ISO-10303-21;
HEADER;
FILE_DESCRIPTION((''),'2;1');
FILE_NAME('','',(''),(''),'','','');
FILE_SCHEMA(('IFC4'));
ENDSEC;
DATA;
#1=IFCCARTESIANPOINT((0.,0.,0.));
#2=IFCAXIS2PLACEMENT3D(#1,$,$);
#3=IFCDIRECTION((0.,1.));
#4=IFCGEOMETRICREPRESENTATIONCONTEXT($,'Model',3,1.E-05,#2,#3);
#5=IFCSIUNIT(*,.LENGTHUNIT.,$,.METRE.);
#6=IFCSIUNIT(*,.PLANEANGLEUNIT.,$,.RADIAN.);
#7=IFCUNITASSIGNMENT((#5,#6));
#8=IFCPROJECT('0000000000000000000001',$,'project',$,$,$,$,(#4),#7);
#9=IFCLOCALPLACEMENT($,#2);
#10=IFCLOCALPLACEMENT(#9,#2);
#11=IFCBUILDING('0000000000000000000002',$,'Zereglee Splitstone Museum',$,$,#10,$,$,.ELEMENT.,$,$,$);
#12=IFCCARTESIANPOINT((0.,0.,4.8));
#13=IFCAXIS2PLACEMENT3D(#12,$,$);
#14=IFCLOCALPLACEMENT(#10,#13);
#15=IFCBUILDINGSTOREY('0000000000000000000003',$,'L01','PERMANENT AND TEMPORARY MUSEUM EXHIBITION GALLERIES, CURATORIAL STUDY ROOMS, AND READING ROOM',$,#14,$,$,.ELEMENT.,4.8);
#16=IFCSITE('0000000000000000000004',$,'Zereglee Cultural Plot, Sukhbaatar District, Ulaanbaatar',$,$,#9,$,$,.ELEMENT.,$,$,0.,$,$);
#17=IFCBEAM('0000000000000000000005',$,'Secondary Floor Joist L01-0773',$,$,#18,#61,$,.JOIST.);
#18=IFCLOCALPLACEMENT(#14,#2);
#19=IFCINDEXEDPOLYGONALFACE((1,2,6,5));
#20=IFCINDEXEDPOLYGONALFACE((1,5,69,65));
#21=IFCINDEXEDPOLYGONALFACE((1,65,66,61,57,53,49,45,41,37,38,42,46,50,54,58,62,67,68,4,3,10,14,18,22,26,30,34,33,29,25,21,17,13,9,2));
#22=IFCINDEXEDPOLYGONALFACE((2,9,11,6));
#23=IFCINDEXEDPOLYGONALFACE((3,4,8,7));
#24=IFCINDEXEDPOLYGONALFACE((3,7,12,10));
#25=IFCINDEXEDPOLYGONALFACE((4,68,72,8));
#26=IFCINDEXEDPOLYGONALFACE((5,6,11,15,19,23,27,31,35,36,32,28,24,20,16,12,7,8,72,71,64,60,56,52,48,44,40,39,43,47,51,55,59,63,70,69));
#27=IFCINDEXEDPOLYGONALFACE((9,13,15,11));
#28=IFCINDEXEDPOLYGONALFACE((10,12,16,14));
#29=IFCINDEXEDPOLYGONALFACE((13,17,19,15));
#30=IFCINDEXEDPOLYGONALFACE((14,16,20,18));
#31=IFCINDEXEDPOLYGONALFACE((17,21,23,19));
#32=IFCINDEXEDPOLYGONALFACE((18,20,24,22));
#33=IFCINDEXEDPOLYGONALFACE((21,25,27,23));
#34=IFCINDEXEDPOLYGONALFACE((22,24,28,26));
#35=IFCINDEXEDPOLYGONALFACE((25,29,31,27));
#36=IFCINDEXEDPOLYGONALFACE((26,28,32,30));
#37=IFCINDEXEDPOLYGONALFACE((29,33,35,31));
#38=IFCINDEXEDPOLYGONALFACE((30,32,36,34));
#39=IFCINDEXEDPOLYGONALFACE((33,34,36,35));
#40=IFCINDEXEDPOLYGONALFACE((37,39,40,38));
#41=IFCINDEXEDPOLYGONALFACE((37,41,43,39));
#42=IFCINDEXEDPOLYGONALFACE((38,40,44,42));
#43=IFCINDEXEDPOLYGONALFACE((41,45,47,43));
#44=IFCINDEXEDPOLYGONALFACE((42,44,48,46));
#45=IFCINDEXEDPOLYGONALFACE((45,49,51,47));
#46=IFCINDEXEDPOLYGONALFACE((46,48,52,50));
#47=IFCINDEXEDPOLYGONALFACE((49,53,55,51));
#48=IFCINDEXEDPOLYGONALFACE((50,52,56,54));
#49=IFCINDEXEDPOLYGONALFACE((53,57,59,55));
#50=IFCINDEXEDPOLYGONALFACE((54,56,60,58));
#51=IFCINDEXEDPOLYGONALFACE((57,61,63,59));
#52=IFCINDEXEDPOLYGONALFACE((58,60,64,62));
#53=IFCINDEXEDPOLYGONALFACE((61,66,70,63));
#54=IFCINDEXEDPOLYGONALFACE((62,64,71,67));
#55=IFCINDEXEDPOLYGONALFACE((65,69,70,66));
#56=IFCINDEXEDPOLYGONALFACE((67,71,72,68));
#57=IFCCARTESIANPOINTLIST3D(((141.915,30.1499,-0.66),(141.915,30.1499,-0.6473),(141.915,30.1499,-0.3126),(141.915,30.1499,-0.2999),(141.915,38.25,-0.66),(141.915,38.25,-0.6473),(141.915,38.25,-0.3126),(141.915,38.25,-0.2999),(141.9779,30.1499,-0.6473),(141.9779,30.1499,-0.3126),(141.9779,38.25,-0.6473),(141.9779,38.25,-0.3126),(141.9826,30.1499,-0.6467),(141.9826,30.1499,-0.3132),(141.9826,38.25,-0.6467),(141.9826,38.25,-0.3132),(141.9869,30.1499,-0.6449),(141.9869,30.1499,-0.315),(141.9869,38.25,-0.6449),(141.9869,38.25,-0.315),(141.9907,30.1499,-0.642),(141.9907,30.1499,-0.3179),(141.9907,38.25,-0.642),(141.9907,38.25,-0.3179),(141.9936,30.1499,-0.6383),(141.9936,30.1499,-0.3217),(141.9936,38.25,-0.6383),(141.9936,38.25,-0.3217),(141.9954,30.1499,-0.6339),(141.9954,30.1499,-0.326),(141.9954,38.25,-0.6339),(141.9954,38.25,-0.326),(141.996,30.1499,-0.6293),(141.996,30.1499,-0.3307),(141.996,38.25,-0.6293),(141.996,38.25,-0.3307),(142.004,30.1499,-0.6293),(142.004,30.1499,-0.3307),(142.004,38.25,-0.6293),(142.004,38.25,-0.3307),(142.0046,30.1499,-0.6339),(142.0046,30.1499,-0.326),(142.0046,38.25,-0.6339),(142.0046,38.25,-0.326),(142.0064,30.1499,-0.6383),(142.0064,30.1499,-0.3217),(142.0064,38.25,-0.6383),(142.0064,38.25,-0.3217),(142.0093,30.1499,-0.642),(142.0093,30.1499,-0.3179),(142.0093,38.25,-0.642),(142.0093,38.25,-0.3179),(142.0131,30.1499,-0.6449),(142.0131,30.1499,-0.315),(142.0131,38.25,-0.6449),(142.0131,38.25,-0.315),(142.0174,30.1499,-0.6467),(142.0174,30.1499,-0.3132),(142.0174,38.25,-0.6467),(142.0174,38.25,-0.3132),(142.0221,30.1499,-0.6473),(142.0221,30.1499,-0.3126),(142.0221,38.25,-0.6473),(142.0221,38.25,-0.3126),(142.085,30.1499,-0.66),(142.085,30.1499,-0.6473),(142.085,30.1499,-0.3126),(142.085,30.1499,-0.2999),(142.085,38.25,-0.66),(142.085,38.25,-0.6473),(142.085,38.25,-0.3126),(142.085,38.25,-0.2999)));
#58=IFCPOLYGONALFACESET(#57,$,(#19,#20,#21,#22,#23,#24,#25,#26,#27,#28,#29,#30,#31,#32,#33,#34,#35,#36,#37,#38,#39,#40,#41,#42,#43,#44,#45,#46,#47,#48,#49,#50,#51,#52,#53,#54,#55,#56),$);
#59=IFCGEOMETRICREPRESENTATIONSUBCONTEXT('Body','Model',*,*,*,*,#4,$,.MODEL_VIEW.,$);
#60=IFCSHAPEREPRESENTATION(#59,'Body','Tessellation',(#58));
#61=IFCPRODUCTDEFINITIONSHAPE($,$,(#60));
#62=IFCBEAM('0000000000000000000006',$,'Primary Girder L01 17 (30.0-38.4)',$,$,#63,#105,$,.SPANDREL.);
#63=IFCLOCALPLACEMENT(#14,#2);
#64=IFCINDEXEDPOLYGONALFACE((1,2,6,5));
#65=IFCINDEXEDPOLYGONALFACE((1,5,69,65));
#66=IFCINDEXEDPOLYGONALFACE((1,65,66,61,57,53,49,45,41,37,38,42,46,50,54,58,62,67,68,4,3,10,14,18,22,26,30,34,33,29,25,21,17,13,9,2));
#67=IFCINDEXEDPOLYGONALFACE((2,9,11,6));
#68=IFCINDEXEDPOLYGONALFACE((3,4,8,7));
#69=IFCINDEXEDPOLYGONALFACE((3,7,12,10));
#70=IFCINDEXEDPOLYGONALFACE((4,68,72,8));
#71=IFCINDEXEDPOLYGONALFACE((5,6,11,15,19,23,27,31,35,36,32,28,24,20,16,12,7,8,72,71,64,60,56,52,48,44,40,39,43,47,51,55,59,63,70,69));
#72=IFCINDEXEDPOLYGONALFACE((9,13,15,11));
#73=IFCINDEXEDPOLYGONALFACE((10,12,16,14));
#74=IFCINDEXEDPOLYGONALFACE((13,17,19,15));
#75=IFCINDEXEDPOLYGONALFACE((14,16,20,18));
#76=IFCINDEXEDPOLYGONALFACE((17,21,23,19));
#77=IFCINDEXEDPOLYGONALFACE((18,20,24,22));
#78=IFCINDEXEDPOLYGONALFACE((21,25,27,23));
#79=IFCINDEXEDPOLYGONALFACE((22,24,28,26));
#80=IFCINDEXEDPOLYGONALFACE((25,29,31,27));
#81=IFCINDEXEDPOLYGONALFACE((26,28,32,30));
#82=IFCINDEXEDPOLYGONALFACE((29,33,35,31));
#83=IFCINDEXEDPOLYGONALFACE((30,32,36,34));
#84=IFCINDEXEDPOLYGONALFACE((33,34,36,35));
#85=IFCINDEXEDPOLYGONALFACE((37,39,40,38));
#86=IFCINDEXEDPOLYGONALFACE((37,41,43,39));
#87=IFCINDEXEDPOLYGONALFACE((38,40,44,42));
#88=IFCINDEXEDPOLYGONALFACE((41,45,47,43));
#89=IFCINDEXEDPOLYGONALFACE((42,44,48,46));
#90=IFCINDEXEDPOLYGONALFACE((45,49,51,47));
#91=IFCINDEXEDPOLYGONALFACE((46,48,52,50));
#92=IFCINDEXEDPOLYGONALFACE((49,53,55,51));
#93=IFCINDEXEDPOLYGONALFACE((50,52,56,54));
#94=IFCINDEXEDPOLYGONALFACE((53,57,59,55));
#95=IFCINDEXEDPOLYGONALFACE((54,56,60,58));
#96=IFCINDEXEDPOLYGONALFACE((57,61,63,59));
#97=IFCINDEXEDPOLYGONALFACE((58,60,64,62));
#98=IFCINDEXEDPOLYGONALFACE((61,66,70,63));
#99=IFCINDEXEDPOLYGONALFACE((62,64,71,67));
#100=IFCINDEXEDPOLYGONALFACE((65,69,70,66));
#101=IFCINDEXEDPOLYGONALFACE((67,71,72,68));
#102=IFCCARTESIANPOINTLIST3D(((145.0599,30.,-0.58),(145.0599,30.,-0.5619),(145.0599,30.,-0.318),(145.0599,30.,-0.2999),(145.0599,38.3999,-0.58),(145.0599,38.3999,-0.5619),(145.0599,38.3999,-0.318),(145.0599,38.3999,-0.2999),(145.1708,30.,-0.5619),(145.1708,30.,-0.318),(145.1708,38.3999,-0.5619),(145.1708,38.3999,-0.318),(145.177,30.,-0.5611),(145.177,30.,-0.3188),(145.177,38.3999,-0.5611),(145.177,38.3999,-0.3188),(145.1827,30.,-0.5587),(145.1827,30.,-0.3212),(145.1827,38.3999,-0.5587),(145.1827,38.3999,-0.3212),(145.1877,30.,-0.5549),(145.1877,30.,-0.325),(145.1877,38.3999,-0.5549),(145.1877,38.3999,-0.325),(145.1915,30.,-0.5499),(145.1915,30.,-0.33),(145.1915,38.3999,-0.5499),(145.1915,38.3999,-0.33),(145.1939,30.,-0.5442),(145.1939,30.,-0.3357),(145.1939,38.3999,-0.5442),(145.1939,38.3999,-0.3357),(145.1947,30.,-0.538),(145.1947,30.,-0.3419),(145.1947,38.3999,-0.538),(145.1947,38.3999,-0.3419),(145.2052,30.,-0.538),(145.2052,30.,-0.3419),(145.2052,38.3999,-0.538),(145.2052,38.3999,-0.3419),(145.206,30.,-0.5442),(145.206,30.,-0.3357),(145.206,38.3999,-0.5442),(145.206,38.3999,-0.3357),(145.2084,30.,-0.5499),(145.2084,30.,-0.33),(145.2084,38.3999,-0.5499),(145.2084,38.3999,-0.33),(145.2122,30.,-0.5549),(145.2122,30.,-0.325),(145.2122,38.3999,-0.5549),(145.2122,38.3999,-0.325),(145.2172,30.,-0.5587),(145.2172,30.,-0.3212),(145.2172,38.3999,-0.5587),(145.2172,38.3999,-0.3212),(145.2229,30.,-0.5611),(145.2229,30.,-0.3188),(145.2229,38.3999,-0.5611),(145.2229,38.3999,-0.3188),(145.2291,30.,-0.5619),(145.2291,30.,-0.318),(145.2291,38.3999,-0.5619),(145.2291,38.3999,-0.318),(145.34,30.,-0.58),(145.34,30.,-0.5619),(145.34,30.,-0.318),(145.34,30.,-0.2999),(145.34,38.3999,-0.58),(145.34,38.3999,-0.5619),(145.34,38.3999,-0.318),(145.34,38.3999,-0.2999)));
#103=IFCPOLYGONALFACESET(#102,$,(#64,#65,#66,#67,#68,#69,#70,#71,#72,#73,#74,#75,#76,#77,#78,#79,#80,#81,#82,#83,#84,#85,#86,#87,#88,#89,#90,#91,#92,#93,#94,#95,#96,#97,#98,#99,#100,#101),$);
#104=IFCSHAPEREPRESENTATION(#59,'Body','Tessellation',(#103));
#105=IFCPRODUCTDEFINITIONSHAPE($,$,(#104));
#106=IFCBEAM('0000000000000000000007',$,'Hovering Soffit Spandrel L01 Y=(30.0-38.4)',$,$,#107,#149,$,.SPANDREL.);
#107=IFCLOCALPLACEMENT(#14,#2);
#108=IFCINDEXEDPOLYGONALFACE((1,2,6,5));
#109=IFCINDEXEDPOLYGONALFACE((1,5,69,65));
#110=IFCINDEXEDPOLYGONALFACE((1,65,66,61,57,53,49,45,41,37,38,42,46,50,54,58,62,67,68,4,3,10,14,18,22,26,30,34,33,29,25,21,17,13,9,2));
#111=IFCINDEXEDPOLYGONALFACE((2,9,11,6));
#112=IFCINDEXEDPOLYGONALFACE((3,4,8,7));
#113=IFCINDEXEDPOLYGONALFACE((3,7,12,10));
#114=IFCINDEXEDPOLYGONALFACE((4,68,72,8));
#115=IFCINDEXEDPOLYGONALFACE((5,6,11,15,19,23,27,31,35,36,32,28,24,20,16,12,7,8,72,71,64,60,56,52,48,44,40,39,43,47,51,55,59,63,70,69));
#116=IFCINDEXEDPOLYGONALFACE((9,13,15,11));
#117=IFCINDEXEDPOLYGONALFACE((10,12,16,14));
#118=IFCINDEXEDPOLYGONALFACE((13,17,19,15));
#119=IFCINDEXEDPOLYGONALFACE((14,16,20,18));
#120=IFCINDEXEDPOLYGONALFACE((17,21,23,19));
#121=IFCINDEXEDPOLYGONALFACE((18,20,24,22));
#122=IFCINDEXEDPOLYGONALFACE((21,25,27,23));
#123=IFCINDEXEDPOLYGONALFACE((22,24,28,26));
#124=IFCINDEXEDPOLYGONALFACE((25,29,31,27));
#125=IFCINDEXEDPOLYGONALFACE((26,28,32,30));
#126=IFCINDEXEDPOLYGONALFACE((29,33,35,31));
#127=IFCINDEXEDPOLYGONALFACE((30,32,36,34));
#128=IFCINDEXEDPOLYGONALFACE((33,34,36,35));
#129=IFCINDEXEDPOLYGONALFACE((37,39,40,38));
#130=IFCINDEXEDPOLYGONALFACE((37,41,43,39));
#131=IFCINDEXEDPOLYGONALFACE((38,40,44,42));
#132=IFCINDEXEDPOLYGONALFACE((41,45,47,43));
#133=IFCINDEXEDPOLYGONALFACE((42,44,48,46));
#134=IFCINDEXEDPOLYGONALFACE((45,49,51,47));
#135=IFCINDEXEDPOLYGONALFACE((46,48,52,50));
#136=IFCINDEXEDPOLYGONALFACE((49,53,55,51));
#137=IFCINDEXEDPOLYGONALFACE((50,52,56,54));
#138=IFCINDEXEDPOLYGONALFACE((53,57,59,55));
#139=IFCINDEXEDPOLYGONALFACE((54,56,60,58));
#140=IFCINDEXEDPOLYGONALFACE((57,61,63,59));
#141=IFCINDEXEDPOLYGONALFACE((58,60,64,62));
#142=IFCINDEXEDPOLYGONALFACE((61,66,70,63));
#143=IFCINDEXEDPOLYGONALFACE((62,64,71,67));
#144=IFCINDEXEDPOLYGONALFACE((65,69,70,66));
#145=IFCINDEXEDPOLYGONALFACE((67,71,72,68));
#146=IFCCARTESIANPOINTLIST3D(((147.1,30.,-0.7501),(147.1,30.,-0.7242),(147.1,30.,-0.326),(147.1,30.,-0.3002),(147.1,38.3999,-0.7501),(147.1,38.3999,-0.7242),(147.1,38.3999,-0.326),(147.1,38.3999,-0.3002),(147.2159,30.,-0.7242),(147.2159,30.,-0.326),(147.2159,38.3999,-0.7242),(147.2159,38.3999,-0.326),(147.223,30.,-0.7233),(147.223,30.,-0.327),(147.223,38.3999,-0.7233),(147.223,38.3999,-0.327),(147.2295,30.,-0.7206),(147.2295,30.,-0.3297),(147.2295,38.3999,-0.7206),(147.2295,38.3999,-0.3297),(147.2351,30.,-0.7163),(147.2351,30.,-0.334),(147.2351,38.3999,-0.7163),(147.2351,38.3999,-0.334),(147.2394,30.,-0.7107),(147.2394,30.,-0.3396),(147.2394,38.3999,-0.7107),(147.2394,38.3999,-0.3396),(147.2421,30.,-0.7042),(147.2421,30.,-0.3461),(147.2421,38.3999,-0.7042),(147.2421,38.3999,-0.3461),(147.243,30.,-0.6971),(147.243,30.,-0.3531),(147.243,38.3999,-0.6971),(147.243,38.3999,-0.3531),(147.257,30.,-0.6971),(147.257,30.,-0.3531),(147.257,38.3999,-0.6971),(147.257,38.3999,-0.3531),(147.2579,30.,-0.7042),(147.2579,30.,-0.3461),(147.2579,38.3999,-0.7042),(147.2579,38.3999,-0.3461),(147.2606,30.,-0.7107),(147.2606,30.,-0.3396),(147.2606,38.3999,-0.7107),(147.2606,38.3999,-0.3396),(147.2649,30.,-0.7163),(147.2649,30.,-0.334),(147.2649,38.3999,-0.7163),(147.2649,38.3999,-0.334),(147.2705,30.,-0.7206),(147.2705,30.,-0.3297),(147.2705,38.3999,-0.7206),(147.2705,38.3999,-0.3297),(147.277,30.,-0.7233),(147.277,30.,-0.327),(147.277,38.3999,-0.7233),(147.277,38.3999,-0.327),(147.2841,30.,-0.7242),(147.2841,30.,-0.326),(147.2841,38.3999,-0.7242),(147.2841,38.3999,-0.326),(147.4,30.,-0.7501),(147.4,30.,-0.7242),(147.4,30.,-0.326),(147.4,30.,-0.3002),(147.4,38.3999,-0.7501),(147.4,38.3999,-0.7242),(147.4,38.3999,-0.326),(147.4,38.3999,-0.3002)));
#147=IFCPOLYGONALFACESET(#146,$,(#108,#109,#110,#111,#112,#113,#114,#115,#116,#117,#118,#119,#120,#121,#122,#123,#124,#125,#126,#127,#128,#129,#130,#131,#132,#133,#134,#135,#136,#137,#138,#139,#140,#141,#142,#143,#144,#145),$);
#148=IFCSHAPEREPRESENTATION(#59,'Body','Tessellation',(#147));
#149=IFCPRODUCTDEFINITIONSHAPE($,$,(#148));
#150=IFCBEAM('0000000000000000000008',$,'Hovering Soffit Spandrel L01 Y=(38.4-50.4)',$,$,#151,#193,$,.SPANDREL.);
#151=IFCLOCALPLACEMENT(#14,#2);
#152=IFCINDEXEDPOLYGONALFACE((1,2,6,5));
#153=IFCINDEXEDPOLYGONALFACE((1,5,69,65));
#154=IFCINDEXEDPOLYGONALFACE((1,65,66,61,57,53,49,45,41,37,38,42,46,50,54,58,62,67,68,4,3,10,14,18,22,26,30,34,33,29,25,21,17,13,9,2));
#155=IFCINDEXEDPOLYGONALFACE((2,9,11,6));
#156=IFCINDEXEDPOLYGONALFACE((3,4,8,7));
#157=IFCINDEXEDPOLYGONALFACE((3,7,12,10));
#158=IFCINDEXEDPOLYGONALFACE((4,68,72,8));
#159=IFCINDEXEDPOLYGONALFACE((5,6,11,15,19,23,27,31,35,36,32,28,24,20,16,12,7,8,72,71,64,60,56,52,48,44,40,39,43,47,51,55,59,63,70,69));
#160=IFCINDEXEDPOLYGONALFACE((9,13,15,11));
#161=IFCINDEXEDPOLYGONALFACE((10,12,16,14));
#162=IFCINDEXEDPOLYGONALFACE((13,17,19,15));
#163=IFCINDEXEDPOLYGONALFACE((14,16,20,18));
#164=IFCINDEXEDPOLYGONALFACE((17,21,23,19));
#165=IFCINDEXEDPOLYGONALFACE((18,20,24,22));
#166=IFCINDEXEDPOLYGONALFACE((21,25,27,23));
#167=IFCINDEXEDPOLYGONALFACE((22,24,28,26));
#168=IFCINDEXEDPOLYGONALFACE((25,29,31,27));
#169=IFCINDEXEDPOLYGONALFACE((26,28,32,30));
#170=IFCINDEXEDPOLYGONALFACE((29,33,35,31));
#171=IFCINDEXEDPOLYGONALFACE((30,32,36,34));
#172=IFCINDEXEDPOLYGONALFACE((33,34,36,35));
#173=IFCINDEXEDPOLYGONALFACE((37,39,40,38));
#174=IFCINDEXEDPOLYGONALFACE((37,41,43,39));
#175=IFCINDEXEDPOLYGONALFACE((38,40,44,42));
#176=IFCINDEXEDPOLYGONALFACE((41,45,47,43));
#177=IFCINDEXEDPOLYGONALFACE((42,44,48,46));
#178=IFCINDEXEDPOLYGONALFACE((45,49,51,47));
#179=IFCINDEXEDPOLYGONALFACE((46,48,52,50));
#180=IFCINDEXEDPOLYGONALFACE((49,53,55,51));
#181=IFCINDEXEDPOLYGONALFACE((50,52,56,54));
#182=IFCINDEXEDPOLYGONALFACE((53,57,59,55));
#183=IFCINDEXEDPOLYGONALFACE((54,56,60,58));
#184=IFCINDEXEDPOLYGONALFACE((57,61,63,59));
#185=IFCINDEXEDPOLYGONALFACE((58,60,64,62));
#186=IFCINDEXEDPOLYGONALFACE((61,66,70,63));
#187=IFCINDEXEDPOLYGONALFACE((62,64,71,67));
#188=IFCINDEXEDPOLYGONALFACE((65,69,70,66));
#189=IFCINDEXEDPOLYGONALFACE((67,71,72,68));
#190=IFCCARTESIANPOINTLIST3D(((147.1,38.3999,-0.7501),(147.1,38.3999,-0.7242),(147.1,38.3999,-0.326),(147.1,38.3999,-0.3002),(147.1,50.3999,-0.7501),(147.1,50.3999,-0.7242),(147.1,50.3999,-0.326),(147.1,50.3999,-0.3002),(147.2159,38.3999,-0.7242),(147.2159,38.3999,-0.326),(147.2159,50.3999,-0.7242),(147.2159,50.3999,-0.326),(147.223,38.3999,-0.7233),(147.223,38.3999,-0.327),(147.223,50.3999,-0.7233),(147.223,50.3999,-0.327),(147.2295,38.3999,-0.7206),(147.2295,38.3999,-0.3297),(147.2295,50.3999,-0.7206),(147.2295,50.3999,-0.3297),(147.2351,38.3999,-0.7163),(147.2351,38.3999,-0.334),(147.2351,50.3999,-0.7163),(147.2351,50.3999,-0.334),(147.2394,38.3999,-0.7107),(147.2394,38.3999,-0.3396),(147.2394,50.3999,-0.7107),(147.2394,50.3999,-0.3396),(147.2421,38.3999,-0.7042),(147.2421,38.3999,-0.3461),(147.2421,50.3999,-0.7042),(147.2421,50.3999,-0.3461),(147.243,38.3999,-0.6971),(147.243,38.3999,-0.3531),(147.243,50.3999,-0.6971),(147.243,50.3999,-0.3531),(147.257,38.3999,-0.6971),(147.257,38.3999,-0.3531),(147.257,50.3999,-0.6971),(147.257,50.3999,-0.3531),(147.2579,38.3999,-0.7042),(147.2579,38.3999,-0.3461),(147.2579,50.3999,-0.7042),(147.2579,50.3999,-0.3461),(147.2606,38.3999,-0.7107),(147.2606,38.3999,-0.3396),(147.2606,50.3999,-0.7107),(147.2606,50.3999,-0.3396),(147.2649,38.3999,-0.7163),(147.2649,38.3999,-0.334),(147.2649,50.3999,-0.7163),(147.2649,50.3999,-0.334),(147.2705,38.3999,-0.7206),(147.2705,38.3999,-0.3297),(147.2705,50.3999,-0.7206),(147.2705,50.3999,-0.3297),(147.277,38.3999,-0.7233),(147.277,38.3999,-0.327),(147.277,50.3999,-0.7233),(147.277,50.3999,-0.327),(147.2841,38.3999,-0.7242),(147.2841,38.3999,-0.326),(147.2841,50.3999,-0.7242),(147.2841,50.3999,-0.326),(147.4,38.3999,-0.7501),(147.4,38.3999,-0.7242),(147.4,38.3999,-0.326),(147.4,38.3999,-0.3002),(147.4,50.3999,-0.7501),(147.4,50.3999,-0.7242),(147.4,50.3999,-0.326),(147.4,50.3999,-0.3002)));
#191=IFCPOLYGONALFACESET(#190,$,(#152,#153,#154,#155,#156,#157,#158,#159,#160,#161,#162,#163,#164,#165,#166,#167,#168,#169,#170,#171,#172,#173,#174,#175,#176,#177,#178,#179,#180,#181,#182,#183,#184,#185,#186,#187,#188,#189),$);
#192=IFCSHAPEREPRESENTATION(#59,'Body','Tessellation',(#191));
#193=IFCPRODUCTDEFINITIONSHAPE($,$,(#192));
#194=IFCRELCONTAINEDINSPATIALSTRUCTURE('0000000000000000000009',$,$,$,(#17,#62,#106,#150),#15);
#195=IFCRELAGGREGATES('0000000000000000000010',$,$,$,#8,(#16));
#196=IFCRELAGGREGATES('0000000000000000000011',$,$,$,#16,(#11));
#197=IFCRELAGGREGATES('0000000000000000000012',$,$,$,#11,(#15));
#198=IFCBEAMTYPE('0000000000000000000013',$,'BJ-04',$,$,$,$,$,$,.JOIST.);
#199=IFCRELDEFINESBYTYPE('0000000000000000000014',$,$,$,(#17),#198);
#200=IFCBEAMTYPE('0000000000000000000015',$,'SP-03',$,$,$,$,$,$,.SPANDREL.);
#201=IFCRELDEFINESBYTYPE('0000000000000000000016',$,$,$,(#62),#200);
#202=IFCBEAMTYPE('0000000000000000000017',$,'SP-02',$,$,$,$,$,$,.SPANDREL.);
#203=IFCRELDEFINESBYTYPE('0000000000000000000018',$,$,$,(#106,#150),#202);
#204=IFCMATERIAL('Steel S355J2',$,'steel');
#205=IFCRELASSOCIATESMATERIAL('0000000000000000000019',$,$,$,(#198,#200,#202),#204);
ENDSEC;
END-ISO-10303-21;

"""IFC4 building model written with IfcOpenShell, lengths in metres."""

from ifc_helpers import new_model, si_unit, direction, frame, origin, origin_2d, place, context, subcontext, project, spatial, i_section, extrude, material, material_profile, profile_set, type_object, element, save


model = new_model("IFC4")

# Units and contexts
model_context = context("Model", 3, precision=1e-05, world=origin(), true_north=direction((0.0, 1.0)))
body_context = subcontext(model_context, "Body", "Model", "MODEL_VIEW")
ifc_project = project(units=[si_unit("LENGTHUNIT", "METRE"), si_unit("PLANEANGLEUNIT", "RADIAN")], contexts=[model_context])

# Site, building, storey
site_placement = place(None, origin())
site = spatial("IfcSite", under=ifc_project, at=site_placement, Name="Zereglee Cultural Plot, Sukhbaatar District, Ulaanbaatar", CompositionType="ELEMENT", RefElevation=0.0)
building_placement = place(site_placement, origin())
building = spatial("IfcBuilding", under=site, at=building_placement, Name="Zereglee Splitstone Museum", CompositionType="ELEMENT")
storey_placement = place(building_placement, frame((0.0, 0.0, 4.8)))
storey = spatial("IfcBuildingStorey", under=building, at=storey_placement, Name="L01", Description="PERMANENT AND TEMPORARY MUSEUM EXHIBITION GALLERIES, CURATORIAL STUDY ROOMS, AND READING ROOM", CompositionType="ELEMENT", Elevation=4.8)

# Shared definitions
ifc_material_1 = material(Name="Steel S355J2", Category="steel")

# Beams
ifc_material_profile_1 = material_profile(ifc_material_1, i_section(OverallWidth=0.1699, OverallDepth=0.3601, WebThickness=0.0081, FlangeThickness=0.0127, FilletRadius=0.0181, at=origin_2d()), Name="IPE 360")
ifc_profile_set_1 = profile_set([ifc_material_profile_1], Name="Steel S355J2")
beam_type_1 = type_object("IfcBeamType", Name="BJ-04", PredefinedType="JOIST", material=ifc_profile_set_1)
beam_1_placement = place(storey_placement, frame((142.0, 30.1499, -0.48), z_axis=(0.0, 1.0, 0.0), x_axis=(-1.0, 0.0, 0.0)))
element("IfcBeam", 1, at=beam_1_placement, inside=storey, type_object=beam_type_1, Name="Secondary Floor Joist L01-0773", PredefinedType="JOIST", context=body_context, shape_type="SweptSolid", body=[
    extrude(i_section(OverallWidth=0.1699, OverallDepth=0.3601, WebThickness=0.0081, FlangeThickness=0.0127, FilletRadius=0.0181, at=origin_2d()), origin(), (0.0, 0.0, 1.0), 8.1001),
])
ifc_material_profile_2 = material_profile(ifc_material_1, i_section(OverallWidth=0.28, OverallDepth=0.28, WebThickness=0.0105, FlangeThickness=0.0181, FilletRadius=0.0239, at=origin_2d()), Name="HE 280 B")
ifc_profile_set_2 = profile_set([ifc_material_profile_2], Name="Steel S355J2")
beam_type_2 = type_object("IfcBeamType", Name="SP-03", PredefinedType="SPANDREL", material=ifc_profile_set_2)
beam_2_placement = place(storey_placement, frame((145.2, 30.0, -0.4399), z_axis=(0.0, 1.0, 0.0), x_axis=(-1.0, 0.0, 0.0)))
element("IfcBeam", 2, at=beam_2_placement, inside=storey, type_object=beam_type_2, Name="Primary Girder L01 17 (30.0-38.4)", PredefinedType="SPANDREL", context=body_context, shape_type="SweptSolid", body=[
    extrude(i_section(OverallWidth=0.28, OverallDepth=0.28, WebThickness=0.0105, FlangeThickness=0.0181, FilletRadius=0.0239, at=origin_2d()), origin(), (0.0, 0.0, 1.0), 8.3999),
])
ifc_material_profile_3 = material_profile(ifc_material_1, i_section(OverallWidth=0.3, OverallDepth=0.45, WebThickness=0.0139, FlangeThickness=0.0259, FilletRadius=0.0271, at=origin_2d()), Name="HE 450 B")
ifc_profile_set_3 = profile_set([ifc_material_profile_3], Name="Steel S355J2")
beam_type_3 = type_object("IfcBeamType", Name="SP-02", PredefinedType="SPANDREL", material=ifc_profile_set_3)
beam_3_placement = place(storey_placement, frame((147.25, 30.0, -0.5251), z_axis=(0.0, 1.0, 0.0), x_axis=(-1.0, 0.0, 0.0)))
element("IfcBeam", 3, at=beam_3_placement, inside=storey, type_object=beam_type_3, Name="Hovering Soffit Spandrel L01 Y=(30.0-38.4)", PredefinedType="SPANDREL", context=body_context, shape_type="SweptSolid", body=[
    extrude(i_section(OverallWidth=0.3, OverallDepth=0.45, WebThickness=0.0139, FlangeThickness=0.0259, FilletRadius=0.0271, at=origin_2d()), origin(), (0.0, 0.0, 1.0), 8.3999),
])
beam_4_placement = place(storey_placement, frame((147.25, 38.3999, -0.5251), z_axis=(0.0, 1.0, 0.0), x_axis=(-1.0, 0.0, 0.0)))
element("IfcBeam", 4, at=beam_4_placement, inside=storey, type_object=beam_type_3, Name="Hovering Soffit Spandrel L01 Y=(38.4-50.4)", PredefinedType="SPANDREL", context=body_context, shape_type="SweptSolid", body=[
    extrude(i_section(OverallWidth=0.3, OverallDepth=0.45, WebThickness=0.0139, FlangeThickness=0.0259, FilletRadius=0.0271, at=origin_2d()), origin(), (0.0, 0.0, 1.0), 12.0),
])

save(model, "model.ifc")
